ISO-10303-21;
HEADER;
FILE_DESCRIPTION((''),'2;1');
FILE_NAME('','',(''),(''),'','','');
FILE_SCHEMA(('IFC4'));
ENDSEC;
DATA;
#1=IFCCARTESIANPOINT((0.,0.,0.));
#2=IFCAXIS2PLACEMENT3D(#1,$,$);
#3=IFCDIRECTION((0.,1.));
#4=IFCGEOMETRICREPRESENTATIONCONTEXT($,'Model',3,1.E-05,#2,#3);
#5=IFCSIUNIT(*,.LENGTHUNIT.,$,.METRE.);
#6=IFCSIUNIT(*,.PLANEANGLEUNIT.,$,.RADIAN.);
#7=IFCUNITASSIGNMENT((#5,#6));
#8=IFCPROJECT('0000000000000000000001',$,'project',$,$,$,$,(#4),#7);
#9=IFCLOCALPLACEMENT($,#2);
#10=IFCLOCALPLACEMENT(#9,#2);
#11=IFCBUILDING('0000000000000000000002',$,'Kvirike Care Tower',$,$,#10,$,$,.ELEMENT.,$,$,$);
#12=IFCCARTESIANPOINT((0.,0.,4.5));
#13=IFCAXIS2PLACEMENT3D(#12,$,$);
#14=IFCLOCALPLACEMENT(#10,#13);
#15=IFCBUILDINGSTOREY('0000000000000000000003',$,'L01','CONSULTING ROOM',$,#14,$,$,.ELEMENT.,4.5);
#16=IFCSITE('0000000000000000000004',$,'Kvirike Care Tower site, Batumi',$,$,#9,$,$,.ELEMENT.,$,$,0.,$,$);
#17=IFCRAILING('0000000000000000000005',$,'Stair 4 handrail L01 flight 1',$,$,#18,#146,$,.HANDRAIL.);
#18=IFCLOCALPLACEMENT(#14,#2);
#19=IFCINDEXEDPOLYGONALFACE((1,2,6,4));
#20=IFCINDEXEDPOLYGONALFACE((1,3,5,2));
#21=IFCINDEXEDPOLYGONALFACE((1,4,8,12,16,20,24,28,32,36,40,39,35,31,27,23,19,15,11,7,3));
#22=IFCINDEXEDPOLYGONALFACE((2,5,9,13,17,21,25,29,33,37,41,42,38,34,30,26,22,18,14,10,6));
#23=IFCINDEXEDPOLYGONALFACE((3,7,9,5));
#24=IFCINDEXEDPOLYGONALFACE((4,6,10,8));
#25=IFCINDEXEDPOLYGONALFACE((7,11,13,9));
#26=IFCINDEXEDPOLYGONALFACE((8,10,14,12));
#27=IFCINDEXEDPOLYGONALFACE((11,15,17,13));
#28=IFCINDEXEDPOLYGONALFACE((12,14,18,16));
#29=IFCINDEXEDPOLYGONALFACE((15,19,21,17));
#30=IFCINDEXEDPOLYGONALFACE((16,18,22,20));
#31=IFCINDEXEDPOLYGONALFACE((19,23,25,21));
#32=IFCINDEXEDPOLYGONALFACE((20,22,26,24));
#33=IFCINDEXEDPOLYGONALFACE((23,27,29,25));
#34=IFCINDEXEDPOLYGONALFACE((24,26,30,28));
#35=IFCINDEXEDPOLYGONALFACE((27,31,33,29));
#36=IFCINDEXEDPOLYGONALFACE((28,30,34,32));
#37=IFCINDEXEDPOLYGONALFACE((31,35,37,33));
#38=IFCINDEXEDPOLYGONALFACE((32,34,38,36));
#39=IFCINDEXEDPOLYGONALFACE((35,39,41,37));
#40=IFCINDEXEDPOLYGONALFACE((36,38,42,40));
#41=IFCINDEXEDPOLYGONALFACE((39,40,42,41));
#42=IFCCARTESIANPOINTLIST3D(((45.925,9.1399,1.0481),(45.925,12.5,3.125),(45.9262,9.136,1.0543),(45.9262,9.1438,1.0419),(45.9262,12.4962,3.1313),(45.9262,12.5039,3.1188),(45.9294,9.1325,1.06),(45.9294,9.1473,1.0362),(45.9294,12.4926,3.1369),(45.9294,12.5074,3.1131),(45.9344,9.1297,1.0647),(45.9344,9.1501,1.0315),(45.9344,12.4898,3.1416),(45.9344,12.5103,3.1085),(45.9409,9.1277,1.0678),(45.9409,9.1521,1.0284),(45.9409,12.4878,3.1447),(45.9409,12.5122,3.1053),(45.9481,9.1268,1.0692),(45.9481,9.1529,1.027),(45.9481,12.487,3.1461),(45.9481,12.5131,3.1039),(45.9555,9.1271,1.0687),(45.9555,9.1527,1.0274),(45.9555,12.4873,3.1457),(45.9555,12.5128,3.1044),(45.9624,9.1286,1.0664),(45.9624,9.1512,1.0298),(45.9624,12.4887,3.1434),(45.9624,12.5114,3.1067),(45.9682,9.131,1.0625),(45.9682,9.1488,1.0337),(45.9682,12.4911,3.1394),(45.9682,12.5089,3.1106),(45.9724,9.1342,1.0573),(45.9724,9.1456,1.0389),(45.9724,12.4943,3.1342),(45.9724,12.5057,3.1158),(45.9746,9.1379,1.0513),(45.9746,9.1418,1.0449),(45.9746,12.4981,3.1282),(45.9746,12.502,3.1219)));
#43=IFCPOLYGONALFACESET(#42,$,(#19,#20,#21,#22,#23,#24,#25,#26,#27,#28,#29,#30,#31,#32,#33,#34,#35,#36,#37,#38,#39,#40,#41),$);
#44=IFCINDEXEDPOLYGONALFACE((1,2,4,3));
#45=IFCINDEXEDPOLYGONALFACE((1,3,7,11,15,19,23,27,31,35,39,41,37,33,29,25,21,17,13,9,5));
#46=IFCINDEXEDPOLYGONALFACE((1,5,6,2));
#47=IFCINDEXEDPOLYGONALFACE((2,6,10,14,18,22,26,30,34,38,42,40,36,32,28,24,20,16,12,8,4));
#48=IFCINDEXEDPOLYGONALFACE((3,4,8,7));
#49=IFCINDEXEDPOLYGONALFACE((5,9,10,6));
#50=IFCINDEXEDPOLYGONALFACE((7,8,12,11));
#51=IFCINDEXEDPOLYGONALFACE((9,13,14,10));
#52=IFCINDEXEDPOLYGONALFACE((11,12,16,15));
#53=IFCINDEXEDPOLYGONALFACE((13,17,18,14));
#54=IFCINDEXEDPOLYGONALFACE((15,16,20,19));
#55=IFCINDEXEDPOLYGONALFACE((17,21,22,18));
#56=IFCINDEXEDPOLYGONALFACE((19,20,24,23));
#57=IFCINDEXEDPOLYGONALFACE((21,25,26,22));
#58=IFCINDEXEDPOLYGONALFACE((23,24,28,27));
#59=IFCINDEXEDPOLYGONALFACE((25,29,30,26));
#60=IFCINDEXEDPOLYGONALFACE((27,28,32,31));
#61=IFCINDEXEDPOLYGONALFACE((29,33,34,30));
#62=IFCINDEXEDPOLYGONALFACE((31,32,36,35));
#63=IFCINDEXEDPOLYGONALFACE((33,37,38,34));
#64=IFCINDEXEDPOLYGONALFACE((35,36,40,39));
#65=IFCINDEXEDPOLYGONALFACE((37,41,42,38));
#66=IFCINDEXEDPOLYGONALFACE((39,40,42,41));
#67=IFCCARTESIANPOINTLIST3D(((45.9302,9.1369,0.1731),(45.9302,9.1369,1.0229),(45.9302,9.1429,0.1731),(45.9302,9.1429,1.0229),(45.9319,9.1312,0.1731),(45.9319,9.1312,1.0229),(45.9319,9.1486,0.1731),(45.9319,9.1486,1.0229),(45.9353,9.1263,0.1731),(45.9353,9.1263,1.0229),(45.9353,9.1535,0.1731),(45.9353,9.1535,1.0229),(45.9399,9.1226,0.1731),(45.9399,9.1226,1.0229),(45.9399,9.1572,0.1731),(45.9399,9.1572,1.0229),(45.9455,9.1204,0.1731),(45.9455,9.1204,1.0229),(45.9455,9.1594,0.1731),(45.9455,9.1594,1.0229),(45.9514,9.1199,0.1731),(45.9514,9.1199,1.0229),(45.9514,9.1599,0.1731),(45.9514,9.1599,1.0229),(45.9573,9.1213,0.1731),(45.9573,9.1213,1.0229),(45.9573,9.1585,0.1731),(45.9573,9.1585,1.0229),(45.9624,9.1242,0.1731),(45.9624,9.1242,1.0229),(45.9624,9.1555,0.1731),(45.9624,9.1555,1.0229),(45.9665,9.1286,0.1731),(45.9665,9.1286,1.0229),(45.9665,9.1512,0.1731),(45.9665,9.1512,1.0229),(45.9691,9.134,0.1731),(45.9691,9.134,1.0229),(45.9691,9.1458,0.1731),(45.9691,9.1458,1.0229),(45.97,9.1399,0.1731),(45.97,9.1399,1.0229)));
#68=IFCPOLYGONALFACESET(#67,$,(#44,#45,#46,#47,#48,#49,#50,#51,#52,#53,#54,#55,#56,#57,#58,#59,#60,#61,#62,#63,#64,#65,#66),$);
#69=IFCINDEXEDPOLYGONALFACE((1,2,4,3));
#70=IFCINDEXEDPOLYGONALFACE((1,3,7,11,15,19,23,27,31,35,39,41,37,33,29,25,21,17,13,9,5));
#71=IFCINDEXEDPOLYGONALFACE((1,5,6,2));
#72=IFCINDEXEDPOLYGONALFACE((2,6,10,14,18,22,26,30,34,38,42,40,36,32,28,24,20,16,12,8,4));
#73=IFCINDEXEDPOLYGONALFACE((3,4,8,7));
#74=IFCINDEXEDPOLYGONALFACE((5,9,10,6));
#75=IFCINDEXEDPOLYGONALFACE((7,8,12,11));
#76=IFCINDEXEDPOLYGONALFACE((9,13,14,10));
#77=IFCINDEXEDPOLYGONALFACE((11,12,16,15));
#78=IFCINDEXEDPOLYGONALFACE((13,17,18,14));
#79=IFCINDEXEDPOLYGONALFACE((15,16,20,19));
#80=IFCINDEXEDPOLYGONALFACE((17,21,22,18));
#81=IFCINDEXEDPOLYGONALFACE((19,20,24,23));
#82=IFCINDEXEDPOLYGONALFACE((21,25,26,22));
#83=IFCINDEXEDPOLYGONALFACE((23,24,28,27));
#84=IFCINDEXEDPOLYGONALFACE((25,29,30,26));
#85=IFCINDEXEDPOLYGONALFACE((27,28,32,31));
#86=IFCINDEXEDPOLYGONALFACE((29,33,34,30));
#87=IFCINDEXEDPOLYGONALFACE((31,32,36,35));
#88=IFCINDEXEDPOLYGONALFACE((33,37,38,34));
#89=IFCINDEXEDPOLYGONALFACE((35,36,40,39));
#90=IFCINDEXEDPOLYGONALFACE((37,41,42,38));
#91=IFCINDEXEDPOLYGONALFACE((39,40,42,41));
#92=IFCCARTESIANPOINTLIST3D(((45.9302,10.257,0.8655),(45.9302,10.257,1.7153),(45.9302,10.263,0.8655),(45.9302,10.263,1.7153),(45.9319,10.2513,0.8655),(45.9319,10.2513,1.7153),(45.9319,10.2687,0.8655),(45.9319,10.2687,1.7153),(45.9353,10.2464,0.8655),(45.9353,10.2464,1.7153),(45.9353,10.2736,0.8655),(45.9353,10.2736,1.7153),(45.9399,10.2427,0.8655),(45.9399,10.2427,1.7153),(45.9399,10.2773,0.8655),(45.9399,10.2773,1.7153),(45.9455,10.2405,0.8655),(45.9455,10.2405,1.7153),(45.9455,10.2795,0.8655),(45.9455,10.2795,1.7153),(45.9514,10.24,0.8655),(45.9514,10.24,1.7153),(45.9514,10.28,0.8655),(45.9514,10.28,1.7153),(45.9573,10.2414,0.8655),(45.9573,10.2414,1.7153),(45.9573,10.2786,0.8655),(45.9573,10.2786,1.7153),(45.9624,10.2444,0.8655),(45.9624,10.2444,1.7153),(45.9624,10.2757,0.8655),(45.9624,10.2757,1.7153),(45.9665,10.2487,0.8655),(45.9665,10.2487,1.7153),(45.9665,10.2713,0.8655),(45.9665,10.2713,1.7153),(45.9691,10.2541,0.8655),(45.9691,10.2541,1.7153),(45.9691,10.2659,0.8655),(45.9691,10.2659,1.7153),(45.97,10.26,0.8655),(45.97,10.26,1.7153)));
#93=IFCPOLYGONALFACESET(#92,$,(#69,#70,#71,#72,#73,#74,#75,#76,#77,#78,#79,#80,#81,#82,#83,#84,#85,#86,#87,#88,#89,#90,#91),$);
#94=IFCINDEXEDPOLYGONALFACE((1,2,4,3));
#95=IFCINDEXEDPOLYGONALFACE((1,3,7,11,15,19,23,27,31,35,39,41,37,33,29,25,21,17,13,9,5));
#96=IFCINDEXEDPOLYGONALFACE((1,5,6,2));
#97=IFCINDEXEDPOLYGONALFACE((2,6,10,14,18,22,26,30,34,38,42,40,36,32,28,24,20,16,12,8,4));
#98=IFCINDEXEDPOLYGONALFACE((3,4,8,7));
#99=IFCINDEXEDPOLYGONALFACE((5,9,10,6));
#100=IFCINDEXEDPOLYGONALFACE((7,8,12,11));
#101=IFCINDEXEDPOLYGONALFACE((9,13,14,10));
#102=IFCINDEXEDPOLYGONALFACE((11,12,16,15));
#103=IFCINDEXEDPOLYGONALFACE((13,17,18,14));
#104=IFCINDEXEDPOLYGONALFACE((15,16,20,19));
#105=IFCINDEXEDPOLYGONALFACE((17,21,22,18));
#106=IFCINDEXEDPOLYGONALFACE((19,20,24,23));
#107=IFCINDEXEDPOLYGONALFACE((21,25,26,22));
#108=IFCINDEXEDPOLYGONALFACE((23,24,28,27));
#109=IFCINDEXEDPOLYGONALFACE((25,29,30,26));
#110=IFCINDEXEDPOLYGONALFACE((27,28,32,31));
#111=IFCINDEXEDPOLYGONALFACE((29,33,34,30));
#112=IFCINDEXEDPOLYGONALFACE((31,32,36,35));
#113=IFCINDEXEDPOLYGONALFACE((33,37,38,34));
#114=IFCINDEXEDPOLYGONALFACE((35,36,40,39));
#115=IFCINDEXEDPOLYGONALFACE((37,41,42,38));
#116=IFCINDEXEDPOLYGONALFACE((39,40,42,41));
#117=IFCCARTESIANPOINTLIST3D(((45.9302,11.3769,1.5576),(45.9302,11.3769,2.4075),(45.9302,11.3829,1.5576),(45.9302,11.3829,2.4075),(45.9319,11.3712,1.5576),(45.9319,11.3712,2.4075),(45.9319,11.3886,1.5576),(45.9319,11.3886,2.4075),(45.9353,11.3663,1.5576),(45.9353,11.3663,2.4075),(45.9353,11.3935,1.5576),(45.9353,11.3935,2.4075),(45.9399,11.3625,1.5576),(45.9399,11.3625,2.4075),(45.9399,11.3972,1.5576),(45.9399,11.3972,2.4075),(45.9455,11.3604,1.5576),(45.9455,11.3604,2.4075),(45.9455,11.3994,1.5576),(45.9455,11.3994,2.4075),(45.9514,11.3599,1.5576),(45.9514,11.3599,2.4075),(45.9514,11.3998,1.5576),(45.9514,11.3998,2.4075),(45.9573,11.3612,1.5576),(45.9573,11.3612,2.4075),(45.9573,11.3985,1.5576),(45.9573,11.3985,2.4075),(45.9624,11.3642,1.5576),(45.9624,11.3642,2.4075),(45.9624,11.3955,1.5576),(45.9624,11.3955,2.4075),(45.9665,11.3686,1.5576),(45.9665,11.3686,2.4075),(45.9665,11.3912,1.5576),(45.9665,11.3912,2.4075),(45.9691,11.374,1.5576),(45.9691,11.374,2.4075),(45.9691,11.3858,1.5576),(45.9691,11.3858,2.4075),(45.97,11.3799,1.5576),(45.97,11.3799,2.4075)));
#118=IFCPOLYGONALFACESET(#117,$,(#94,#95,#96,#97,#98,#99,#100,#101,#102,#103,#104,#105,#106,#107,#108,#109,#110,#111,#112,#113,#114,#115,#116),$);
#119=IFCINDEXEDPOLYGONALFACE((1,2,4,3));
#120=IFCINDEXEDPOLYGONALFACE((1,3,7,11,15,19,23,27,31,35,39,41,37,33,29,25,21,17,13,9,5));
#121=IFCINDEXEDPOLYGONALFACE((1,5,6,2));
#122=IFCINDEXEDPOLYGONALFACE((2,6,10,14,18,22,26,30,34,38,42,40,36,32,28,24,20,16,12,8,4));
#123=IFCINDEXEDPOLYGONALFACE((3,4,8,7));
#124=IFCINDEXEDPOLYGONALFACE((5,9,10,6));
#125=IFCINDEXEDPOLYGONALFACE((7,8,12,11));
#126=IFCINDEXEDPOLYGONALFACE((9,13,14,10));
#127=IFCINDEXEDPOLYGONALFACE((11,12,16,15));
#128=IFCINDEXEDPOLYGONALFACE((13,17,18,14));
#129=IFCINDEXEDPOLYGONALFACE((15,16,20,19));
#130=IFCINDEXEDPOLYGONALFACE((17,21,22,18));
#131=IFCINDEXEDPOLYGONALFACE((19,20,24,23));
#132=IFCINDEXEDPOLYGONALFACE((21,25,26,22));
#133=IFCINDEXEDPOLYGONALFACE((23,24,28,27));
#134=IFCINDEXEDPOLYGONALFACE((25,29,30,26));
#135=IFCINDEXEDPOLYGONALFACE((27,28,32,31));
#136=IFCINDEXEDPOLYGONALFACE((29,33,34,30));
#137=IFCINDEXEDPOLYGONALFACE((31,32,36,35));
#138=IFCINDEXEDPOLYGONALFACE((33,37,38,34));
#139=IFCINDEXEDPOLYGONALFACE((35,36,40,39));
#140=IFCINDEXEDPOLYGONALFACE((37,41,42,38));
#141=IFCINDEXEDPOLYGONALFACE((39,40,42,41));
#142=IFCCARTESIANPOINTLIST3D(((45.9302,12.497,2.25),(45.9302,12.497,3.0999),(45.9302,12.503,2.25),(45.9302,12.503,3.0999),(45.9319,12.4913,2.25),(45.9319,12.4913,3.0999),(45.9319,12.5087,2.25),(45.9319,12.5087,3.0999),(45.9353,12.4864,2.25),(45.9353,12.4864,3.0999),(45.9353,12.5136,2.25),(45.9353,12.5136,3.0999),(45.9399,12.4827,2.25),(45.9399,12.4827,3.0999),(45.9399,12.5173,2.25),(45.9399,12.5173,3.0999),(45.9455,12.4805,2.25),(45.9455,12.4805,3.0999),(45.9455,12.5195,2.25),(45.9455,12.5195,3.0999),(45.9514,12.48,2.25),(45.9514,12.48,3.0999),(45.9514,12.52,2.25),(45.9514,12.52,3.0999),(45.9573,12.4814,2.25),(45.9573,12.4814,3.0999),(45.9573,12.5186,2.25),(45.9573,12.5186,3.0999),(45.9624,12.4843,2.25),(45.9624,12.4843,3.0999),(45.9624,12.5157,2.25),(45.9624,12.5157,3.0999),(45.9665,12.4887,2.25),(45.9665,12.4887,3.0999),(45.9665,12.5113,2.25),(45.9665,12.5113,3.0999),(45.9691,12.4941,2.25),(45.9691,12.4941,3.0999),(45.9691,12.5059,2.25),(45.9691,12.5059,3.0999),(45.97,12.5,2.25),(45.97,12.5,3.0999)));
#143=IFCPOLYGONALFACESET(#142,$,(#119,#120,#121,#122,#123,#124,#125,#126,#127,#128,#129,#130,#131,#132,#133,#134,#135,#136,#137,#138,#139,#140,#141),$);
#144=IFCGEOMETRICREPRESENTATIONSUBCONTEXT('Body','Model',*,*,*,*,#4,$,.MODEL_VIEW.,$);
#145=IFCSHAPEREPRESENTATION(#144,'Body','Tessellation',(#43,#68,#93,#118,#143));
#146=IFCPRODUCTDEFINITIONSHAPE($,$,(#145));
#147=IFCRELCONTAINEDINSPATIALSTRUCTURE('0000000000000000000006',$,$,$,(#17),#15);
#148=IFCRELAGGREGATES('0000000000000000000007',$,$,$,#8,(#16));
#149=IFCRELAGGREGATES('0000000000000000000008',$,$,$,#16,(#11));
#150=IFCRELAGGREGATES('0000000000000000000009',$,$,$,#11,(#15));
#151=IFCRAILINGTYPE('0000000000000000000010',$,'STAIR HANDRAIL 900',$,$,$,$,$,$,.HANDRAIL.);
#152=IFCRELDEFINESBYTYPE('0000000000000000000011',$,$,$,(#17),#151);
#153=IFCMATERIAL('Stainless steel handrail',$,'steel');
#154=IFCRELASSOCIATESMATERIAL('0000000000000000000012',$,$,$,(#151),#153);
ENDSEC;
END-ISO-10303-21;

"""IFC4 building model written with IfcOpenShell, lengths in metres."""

from ifc_helpers import new_model, si_unit, direction, frame, origin, origin_2d, place, context, subcontext, project, spatial, circle, extrude, material, type_object, element, save


model = new_model("IFC4")

# Units and contexts
model_context = context("Model", 3, precision=1e-05, world=origin(), true_north=direction((0.0, 1.0)))
body_context = subcontext(model_context, "Body", "Model", "MODEL_VIEW")
ifc_project = project(units=[si_unit("LENGTHUNIT", "METRE"), si_unit("PLANEANGLEUNIT", "RADIAN")], contexts=[model_context])

# Site, building, storey
site_placement = place(None, origin())
site = spatial("IfcSite", under=ifc_project, at=site_placement, Name="Kvirike Care Tower site, Batumi", CompositionType="ELEMENT", RefElevation=0.0)
building_placement = place(site_placement, origin())
building = spatial("IfcBuilding", under=site, at=building_placement, Name="Kvirike Care Tower", CompositionType="ELEMENT")
storey_placement = place(building_placement, frame((0.0, 0.0, 4.5)))
storey = spatial("IfcBuildingStorey", under=building, at=storey_placement, Name="L01", Description="CONSULTING ROOM", CompositionType="ELEMENT", Elevation=4.5)

# Railing
ifc_material_1 = material(Name="Stainless steel handrail", Category="steel")
railing_type = type_object("IfcRailingType", Name="STAIR HANDRAIL 900", PredefinedType="HANDRAIL", material=ifc_material_1)
railing_placement = place(storey_placement, frame((45.95, 9.1399, 0.1731)))
element("IfcRailing", 1, at=railing_placement, inside=storey, type_object=railing_type, Name="Stair 4 handrail L01 flight 1", PredefinedType="HANDRAIL", context=body_context, shape_type="SweptSolid", body=[
    extrude(circle(Radius=0.0249, at=origin_2d()), frame((0.0, 0.0, 0.875), z_axis=(0.0, 0.850623, 0.525776), x_axis=(-1.0, 0.0, 0.0)), (0.0, 0.0, 1.0), 3.9502),
    extrude(circle(Radius=0.02, at=origin_2d()), origin(), (0.0, 0.0, 1.0), 0.8499),
    extrude(circle(Radius=0.02, at=origin_2d()), frame((0.0, 1.1201, 0.6924)), (0.0, 0.0, 1.0), 0.8499),
    extrude(circle(Radius=0.02, at=origin_2d()), frame((0.0, 2.24, 1.3845)), (0.0, 0.0, 1.0), 0.8499),
    extrude(circle(Radius=0.02, at=origin_2d()), frame((0.0, 3.3601, 2.0769)), (0.0, 0.0, 1.0), 0.8499),
])

save(model, "model.ifc")
